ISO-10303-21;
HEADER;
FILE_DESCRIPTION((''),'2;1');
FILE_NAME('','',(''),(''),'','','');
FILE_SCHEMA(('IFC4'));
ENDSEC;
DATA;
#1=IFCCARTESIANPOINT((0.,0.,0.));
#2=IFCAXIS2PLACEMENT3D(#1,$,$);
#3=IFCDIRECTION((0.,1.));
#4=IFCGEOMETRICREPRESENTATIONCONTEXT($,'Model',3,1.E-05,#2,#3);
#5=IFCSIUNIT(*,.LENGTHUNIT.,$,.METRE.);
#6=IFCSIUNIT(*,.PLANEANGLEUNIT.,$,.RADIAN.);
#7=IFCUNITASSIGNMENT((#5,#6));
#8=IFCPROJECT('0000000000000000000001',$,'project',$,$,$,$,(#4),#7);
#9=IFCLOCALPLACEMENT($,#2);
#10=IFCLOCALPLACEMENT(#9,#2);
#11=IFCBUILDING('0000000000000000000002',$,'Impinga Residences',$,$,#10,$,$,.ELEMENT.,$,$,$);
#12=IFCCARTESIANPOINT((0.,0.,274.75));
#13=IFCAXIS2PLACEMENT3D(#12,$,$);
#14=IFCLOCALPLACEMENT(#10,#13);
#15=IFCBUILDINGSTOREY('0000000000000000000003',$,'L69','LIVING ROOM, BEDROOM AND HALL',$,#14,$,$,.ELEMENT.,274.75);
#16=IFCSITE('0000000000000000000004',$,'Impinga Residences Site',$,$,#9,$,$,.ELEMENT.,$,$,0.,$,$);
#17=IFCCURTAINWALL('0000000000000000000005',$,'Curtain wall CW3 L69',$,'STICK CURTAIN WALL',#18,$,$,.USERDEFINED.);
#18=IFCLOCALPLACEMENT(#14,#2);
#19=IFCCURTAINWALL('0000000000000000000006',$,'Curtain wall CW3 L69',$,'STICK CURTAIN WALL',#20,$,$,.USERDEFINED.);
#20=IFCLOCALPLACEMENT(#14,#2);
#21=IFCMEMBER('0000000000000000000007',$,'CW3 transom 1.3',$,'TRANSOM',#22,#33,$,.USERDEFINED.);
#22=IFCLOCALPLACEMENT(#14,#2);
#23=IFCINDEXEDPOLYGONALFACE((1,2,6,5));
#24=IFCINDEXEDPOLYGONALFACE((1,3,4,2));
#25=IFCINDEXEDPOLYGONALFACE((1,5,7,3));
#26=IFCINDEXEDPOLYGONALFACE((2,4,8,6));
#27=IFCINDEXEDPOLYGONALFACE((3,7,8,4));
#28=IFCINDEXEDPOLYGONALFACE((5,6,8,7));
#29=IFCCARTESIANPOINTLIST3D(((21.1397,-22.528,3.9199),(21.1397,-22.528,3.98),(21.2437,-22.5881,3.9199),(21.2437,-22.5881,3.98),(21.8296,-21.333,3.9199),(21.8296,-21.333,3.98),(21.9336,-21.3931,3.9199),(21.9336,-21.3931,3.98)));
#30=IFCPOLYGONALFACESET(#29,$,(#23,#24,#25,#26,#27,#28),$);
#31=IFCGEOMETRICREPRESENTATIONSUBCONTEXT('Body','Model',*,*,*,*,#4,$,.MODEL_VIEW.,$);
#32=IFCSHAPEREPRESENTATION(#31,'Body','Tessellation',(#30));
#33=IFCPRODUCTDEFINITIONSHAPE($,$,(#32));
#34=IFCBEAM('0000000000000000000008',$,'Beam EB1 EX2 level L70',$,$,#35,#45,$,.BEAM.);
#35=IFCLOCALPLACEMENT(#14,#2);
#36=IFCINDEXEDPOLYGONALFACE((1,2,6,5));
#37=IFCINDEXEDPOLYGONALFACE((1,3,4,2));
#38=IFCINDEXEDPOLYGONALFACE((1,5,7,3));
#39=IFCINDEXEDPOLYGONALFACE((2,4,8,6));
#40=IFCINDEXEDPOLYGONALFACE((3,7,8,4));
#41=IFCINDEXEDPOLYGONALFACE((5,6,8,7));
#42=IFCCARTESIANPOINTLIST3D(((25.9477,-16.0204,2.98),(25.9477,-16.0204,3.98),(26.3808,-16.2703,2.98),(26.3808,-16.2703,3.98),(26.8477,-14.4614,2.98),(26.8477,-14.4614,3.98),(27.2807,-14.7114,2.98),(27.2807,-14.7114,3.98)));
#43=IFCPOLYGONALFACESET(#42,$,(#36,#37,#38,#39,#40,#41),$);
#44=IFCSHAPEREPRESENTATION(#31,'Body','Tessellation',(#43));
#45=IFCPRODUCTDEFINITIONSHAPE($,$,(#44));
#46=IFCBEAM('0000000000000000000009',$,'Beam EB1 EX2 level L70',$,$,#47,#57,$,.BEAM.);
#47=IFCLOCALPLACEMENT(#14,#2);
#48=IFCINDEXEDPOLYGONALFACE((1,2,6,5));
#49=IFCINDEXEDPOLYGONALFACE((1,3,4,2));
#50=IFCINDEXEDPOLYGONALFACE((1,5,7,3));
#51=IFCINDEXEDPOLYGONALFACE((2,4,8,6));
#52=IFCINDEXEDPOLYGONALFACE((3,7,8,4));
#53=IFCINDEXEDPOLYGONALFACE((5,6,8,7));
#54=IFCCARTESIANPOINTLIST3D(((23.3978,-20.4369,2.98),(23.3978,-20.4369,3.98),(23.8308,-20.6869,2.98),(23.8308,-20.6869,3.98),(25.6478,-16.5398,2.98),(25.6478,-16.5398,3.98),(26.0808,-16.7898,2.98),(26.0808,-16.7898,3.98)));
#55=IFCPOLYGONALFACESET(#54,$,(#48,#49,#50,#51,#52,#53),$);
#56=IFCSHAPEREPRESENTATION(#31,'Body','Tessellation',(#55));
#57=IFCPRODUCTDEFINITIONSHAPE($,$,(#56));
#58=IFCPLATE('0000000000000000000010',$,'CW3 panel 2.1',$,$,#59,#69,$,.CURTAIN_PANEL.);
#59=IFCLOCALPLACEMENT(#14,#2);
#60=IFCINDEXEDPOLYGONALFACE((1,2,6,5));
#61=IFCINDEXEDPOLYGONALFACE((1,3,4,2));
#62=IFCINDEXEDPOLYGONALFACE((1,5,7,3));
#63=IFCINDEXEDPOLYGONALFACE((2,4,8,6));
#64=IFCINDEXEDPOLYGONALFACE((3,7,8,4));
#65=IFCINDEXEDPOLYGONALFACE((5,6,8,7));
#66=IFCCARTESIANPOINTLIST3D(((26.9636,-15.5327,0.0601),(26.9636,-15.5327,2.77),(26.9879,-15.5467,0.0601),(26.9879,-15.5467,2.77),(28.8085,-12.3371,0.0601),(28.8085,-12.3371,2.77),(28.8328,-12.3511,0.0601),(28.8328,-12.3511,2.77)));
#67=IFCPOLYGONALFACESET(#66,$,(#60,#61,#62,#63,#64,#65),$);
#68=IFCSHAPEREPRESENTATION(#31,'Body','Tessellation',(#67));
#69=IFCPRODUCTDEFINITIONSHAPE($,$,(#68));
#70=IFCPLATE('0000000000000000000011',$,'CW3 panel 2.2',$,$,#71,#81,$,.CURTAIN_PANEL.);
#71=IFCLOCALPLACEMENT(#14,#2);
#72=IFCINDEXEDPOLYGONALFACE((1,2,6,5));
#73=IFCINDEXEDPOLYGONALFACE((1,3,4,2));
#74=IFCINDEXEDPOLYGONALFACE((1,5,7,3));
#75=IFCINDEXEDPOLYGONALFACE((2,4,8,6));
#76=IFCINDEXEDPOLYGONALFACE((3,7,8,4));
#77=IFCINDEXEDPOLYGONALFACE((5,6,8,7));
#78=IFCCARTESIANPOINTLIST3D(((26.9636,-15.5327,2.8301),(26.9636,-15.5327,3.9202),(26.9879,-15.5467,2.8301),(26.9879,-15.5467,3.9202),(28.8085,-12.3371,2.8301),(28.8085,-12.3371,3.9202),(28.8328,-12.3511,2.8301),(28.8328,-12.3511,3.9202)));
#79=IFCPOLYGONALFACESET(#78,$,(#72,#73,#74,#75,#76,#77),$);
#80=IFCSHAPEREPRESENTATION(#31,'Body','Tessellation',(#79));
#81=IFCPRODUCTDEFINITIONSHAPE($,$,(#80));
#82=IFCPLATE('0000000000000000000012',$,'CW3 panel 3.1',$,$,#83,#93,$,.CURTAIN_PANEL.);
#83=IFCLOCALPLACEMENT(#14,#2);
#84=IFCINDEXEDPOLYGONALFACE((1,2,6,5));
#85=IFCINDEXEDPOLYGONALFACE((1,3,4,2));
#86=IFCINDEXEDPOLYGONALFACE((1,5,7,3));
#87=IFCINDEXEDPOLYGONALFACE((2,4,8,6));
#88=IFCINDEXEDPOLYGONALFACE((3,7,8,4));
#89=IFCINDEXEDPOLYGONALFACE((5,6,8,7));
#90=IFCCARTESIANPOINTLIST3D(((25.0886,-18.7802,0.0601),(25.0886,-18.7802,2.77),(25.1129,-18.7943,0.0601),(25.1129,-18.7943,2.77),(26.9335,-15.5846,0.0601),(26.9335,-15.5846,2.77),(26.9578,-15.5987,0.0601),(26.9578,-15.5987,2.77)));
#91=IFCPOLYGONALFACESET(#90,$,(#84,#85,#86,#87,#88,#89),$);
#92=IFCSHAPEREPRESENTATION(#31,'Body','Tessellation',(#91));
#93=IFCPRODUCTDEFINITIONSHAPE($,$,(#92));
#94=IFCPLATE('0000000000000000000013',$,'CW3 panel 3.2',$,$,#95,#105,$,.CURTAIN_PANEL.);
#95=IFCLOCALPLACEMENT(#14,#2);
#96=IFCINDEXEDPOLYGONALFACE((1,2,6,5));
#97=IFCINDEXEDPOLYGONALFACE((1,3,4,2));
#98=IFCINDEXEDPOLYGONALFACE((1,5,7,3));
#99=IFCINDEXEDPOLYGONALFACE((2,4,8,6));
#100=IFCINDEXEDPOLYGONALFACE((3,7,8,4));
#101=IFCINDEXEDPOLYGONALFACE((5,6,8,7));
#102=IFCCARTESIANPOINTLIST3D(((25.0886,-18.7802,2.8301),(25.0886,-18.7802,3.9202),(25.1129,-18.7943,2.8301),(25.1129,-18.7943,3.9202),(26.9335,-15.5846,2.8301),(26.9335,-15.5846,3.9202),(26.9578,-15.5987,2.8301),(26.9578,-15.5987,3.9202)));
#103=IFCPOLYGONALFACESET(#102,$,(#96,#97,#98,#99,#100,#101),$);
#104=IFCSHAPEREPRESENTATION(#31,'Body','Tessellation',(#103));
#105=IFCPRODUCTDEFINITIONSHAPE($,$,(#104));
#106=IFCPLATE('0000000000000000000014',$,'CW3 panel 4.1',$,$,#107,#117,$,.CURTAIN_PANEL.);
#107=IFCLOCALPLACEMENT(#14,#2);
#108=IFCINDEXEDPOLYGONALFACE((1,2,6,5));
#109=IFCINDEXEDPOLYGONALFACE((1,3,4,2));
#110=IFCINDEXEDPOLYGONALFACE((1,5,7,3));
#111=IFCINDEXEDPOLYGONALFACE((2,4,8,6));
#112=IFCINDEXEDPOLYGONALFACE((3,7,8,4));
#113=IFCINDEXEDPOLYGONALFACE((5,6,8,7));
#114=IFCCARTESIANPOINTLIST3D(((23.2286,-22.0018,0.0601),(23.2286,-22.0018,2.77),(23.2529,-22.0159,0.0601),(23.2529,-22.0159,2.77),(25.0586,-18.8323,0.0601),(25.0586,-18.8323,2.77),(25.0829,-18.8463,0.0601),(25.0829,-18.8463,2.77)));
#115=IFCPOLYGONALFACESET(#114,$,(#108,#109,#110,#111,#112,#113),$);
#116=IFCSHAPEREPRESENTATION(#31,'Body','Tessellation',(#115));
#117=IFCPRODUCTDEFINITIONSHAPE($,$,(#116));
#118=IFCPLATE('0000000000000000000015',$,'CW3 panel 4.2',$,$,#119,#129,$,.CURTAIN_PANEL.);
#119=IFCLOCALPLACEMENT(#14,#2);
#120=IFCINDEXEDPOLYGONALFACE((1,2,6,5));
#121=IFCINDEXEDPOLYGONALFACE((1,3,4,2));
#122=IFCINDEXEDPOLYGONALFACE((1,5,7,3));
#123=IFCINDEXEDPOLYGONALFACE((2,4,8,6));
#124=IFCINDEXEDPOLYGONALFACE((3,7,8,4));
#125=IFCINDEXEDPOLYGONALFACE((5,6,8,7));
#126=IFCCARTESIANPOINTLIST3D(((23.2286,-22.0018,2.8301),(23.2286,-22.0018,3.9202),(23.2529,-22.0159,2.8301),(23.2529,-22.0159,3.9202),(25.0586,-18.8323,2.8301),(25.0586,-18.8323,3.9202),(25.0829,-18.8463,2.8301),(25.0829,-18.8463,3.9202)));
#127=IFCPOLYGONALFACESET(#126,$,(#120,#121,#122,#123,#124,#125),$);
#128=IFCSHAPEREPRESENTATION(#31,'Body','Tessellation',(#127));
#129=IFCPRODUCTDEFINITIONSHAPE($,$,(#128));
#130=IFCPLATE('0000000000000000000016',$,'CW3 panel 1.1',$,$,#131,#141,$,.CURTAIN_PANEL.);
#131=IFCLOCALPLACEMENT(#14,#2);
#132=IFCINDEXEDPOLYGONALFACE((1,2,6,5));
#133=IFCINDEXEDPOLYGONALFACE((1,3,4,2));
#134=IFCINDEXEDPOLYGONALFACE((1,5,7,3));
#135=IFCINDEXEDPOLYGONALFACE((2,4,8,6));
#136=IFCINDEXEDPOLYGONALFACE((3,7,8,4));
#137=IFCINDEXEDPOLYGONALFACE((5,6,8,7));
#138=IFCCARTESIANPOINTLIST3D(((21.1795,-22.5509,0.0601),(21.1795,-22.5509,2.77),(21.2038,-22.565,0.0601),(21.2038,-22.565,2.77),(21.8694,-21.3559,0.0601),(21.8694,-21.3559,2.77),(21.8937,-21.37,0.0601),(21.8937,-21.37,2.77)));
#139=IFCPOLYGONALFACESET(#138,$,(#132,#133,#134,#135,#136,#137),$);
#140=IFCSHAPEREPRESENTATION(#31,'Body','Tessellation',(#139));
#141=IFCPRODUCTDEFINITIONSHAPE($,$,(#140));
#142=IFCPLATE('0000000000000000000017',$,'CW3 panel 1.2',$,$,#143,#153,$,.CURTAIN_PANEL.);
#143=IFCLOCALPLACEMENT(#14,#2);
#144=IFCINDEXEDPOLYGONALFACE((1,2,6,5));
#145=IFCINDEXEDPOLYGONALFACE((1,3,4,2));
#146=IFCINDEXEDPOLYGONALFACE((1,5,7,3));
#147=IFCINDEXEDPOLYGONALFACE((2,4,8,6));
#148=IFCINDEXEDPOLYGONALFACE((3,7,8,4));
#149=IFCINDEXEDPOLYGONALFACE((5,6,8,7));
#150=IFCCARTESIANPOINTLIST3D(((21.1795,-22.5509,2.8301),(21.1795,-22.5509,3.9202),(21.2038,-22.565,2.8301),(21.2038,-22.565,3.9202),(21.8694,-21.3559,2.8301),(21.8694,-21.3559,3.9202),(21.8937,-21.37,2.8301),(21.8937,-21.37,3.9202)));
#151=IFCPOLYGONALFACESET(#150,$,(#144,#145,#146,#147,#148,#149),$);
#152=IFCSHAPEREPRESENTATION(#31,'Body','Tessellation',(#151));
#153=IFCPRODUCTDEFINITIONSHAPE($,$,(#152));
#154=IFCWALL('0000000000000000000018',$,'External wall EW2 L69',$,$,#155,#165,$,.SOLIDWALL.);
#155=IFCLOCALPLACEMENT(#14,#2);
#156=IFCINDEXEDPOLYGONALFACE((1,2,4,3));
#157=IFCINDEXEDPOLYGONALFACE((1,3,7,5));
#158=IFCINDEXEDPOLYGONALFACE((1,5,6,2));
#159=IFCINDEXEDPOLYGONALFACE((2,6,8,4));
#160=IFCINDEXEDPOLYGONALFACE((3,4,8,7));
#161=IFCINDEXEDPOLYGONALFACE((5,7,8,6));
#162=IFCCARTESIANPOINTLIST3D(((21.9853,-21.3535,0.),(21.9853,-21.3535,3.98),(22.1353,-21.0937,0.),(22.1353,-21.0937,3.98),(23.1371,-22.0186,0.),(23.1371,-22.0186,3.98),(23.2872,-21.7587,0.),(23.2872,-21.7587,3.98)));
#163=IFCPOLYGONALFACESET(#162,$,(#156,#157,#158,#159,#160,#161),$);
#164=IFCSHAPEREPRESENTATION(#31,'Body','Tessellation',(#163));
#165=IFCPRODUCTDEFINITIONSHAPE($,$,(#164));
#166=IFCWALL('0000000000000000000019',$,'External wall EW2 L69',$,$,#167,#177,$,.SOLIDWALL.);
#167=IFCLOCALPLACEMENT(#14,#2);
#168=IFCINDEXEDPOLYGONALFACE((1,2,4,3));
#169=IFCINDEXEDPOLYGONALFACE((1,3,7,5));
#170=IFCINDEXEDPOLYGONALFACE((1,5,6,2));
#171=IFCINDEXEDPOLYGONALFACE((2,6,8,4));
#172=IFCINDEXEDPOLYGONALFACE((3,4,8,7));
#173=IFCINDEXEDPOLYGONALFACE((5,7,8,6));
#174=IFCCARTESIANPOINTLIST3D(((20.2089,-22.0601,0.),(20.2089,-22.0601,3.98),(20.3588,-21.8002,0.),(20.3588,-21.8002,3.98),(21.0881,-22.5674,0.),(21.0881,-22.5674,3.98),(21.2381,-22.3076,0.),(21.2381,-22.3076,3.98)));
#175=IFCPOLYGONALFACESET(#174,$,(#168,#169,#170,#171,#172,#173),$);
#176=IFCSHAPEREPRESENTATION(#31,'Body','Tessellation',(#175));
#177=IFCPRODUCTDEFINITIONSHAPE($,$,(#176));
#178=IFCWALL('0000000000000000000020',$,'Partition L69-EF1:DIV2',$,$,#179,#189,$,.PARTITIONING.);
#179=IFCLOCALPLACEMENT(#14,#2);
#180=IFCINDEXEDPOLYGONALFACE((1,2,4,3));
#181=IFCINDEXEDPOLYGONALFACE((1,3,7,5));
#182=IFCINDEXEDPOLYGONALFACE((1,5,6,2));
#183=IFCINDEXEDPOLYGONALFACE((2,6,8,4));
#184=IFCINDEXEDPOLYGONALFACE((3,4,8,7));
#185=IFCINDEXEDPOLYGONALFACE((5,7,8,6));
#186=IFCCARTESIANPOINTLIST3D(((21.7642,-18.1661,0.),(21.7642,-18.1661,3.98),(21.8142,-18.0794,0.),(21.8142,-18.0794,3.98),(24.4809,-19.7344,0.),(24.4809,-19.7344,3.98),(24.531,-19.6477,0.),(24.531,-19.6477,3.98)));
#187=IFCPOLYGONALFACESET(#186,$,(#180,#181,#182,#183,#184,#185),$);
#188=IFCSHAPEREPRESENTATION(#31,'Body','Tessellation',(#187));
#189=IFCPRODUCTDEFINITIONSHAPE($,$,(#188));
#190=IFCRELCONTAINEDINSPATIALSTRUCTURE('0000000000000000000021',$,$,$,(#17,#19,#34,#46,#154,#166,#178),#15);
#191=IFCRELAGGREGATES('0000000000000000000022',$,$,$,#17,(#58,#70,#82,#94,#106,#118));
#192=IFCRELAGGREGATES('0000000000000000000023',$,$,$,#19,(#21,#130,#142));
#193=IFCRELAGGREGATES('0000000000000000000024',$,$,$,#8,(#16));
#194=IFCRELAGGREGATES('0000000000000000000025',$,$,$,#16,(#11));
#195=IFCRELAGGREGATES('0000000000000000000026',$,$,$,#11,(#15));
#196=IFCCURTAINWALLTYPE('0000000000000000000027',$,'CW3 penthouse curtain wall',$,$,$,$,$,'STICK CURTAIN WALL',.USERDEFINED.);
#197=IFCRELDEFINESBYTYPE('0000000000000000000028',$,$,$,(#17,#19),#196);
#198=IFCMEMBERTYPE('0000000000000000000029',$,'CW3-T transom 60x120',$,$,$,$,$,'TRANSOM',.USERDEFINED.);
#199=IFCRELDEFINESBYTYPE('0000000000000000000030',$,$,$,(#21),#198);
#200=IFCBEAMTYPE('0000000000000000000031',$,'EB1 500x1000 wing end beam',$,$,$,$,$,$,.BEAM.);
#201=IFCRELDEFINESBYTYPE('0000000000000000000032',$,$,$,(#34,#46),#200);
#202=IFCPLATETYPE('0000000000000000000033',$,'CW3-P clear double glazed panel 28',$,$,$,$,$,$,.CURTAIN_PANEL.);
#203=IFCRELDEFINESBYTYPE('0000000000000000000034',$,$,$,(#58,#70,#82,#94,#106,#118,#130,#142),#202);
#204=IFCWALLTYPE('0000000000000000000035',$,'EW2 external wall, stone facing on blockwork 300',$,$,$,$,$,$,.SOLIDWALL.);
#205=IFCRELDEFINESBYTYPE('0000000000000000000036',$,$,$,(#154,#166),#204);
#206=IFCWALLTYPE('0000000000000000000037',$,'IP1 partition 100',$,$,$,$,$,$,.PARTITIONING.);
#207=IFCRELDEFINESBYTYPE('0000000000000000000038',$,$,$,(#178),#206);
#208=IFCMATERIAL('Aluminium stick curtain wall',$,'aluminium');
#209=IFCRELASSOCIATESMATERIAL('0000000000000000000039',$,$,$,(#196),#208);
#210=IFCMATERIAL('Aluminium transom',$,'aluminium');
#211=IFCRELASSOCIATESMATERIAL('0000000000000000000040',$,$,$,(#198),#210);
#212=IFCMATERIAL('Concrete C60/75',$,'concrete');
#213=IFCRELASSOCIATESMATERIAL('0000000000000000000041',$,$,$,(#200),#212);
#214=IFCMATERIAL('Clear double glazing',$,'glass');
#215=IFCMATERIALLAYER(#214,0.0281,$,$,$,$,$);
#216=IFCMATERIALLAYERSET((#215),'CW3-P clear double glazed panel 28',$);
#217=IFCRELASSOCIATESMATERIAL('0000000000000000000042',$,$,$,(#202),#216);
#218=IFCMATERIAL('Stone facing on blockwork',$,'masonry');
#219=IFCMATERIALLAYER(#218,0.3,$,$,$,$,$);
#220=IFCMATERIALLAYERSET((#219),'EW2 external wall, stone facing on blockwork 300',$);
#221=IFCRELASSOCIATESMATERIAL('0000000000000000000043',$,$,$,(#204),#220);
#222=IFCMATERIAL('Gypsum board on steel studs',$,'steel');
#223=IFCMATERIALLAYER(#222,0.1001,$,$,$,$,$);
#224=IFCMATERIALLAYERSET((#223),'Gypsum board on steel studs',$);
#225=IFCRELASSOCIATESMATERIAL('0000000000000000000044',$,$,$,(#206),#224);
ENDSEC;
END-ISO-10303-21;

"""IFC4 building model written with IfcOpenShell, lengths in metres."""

from ifc_helpers import new_model, si_unit, direction, frame, frame_2d, origin, origin_2d, place, context, subcontext, project, spatial, rectangle, extrude, material, layer, layer_set, material_profile, profile_set, type_object, element, aggregate, save


model = new_model("IFC4")

# Units and contexts
model_context = context("Model", 3, precision=1e-05, world=origin(), true_north=direction((0.0, 1.0)))
body_context = subcontext(model_context, "Body", "Model", "MODEL_VIEW")
ifc_project = project(units=[si_unit("LENGTHUNIT", "METRE"), si_unit("PLANEANGLEUNIT", "RADIAN")], contexts=[model_context])

# Site, building, storey
site_placement = place(None, origin())
site = spatial("IfcSite", under=ifc_project, at=site_placement, Name="Impinga Residences Site", CompositionType="ELEMENT", RefElevation=0.0)
building_placement = place(site_placement, origin())
building = spatial("IfcBuilding", under=site, at=building_placement, Name="Impinga Residences", CompositionType="ELEMENT")
storey_placement = place(building_placement, frame((0.0, 0.0, 274.75)))
storey = spatial("IfcBuildingStorey", under=building, at=storey_placement, Name="L69", Description="LIVING ROOM, BEDROOM AND HALL", CompositionType="ELEMENT", Elevation=274.75)

# Shared definitions
ifc_material_1 = material(Name="Concrete C60/75", Category="concrete")

# Curtain walls
ifc_material_2 = material(Name="Aluminium stick curtain wall", Category="aluminium")
curtain_wall_type = type_object("IfcCurtainWallType", Name="CW3 penthouse curtain wall", ElementType="STICK CURTAIN WALL", PredefinedType="USERDEFINED", material=ifc_material_2)
curtain_wall_1_placement = place(storey_placement, origin())
curtain_wall_1 = element("IfcCurtainWall", 1, at=curtain_wall_1_placement, inside=storey, type_object=curtain_wall_type, Name="Curtain wall CW3 L69", ObjectType="STICK CURTAIN WALL", PredefinedType="USERDEFINED")
curtain_wall_2_placement = place(storey_placement, origin())
curtain_wall_2 = element("IfcCurtainWall", 2, at=curtain_wall_2_placement, inside=storey, type_object=curtain_wall_type, Name="Curtain wall CW3 L69", ObjectType="STICK CURTAIN WALL", PredefinedType="USERDEFINED")

# Member
ifc_material_3 = material(Name="Aluminium transom", Category="aluminium")
ifc_material_profile_1 = material_profile(ifc_material_3, rectangle(XDim=0.0601, YDim=0.1201, at=origin_2d()), Name="60x120 transom")
ifc_profile_set_1 = profile_set([ifc_material_profile_1], Name="Aluminium transom")
member_type_1 = type_object("IfcMemberType", Name="CW3-T transom 60x120", ElementType="TRANSOM", PredefinedType="USERDEFINED", material=ifc_profile_set_1)
member_1_placement = place(storey_placement, frame((21.8816, -21.363, 3.95), z_axis=(-0.499983, -0.866035, 0.0), x_axis=(0.0, 0.0, 1.0)))
member_1 = element("IfcMember", 3, at=member_1_placement, type_object=member_type_1, Name="CW3 transom 1.3", ObjectType="TRANSOM", PredefinedType="USERDEFINED", context=body_context, shape_type="SweptSolid", body=[
    extrude(rectangle(XDim=0.0601, YDim=0.1201, at=origin_2d()), origin(), (0.0, 0.0, 1.0), 1.3799),
])

# Beams
ifc_material_profile_2 = material_profile(ifc_material_1, rectangle(XDim=0.5, YDim=1.0, at=origin_2d()), Name="RC 500x1000")
ifc_profile_set_2 = profile_set([ifc_material_profile_2], Name="Concrete C60/75")
beam_type_1 = type_object("IfcBeamType", Name="EB1 500x1000 wing end beam", PredefinedType="BEAM", material=ifc_profile_set_2)
beam_1_placement = place(storey_placement, frame((27.0642, -14.5864, 3.48), z_axis=(-0.499961, -0.866048, 0.0), x_axis=(0.866048, -0.499961, 0.0)))
element("IfcBeam", 4, at=beam_1_placement, inside=storey, type_object=beam_type_1, Name="Beam EB1 EX2 level L70", PredefinedType="BEAM", context=body_context, shape_type="SweptSolid", body=[
    extrude(rectangle(XDim=0.5, YDim=1.0, at=origin_2d()), origin(), (0.0, 0.0, 1.0), 1.8),
])
beam_2_placement = place(storey_placement, frame((25.8643, -16.6648, 3.48), z_axis=(-0.49999, -0.866031, 0.0), x_axis=(0.866031, -0.49999, 0.0)))
element("IfcBeam", 5, at=beam_2_placement, inside=storey, type_object=beam_type_1, Name="Beam EB1 EX2 level L70", PredefinedType="BEAM", context=body_context, shape_type="SweptSolid", body=[
    extrude(rectangle(XDim=0.5, YDim=1.0, at=origin_2d()), origin(), (0.0, 0.0, 1.0), 4.5),
])

# Plates
ifc_material_4 = material(Name="Clear double glazing", Category="glass")
ifc_layer_1 = layer(ifc_material_4, 0.0281)
ifc_layer_set_1 = layer_set([ifc_layer_1], Name="CW3-P clear double glazed panel 28")
plate_type = type_object("IfcPlateType", Name="CW3-P clear double glazed panel 28", PredefinedType="CURTAIN_PANEL", material=ifc_layer_set_1)
plate_1_placement = place(storey_placement, frame((27.8982, -13.9419, 0.0601), z_axis=(0.0, 0.0, 1.0), x_axis=(-0.5, -0.866025, 0.0)))
plate_1 = element("IfcPlate", 6, at=plate_1_placement, type_object=plate_type, Name="CW3 panel 2.1", PredefinedType="CURTAIN_PANEL", context=body_context, shape_type="SweptSolid", body=[
    extrude(rectangle(XDim=3.6899, YDim=0.0281, at=origin_2d()), origin(), (0.0, 0.0, 1.0), 2.71),
])
plate_2_placement = place(storey_placement, frame((27.8982, -13.9419, 2.8301), z_axis=(0.0, 0.0, 1.0), x_axis=(-0.5, -0.866025, 0.0)))
plate_2 = element("IfcPlate", 7, at=plate_2_placement, type_object=plate_type, Name="CW3 panel 2.2", PredefinedType="CURTAIN_PANEL", context=body_context, shape_type="SweptSolid", body=[
    extrude(rectangle(XDim=3.6899, YDim=0.0281, at=origin_2d()), origin(), (0.0, 0.0, 1.0), 1.0901),
])
plate_3_placement = place(storey_placement, frame((26.0232, -17.1895, 0.0601), z_axis=(0.0, 0.0, 1.0), x_axis=(-0.5, -0.866025, 0.0)))
plate_3 = element("IfcPlate", 8, at=plate_3_placement, type_object=plate_type, Name="CW3 panel 3.1", PredefinedType="CURTAIN_PANEL", context=body_context, shape_type="SweptSolid", body=[
    extrude(rectangle(XDim=3.6899, YDim=0.0281, at=origin_2d()), origin(), (0.0, 0.0, 1.0), 2.71),
])
plate_4_placement = place(storey_placement, frame((26.0232, -17.1895, 2.8301), z_axis=(0.0, 0.0, 1.0), x_axis=(-0.5, -0.866025, 0.0)))
plate_4 = element("IfcPlate", 9, at=plate_4_placement, type_object=plate_type, Name="CW3 panel 3.2", PredefinedType="CURTAIN_PANEL", context=body_context, shape_type="SweptSolid", body=[
    extrude(rectangle(XDim=3.6899, YDim=0.0281, at=origin_2d()), origin(), (0.0, 0.0, 1.0), 1.0901),
])
plate_5_placement = place(storey_placement, frame((24.1558, -20.4241, 0.0601), z_axis=(0.0, 0.0, 1.0), x_axis=(-0.5, -0.866025, 0.0)))
plate_5 = element("IfcPlate", 10, at=plate_5_placement, type_object=plate_type, Name="CW3 panel 4.1", PredefinedType="CURTAIN_PANEL", context=body_context, shape_type="SweptSolid", body=[
    extrude(rectangle(XDim=3.6599, YDim=0.0281, at=origin_2d()), origin(), (0.0, 0.0, 1.0), 2.71),
])
plate_6_placement = place(storey_placement, frame((24.1558, -20.4241, 2.8301), z_axis=(0.0, 0.0, 1.0), x_axis=(-0.5, -0.866025, 0.0)))
plate_6 = element("IfcPlate", 11, at=plate_6_placement, type_object=plate_type, Name="CW3 panel 4.2", PredefinedType="CURTAIN_PANEL", context=body_context, shape_type="SweptSolid", body=[
    extrude(rectangle(XDim=3.6599, YDim=0.0281, at=origin_2d()), origin(), (0.0, 0.0, 1.0), 1.0901),
])
aggregate(curtain_wall_1, [plate_1, plate_2, plate_3, plate_4, plate_5, plate_6])
plate_7_placement = place(storey_placement, frame((21.5366, -21.9604, 0.0601), z_axis=(0.0, 0.0, 1.0), x_axis=(-0.5, -0.866025, 0.0)))
plate_7 = element("IfcPlate", 12, at=plate_7_placement, type_object=plate_type, Name="CW3 panel 1.1", PredefinedType="CURTAIN_PANEL", context=body_context, shape_type="SweptSolid", body=[
    extrude(rectangle(XDim=1.3799, YDim=0.0281, at=origin_2d()), origin(), (0.0, 0.0, 1.0), 2.71),
])
plate_8_placement = place(storey_placement, frame((21.5366, -21.9604, 2.8301), z_axis=(0.0, 0.0, 1.0), x_axis=(-0.5, -0.866025, 0.0)))
plate_8 = element("IfcPlate", 13, at=plate_8_placement, type_object=plate_type, Name="CW3 panel 1.2", PredefinedType="CURTAIN_PANEL", context=body_context, shape_type="SweptSolid", body=[
    extrude(rectangle(XDim=1.3799, YDim=0.0281, at=origin_2d()), origin(), (0.0, 0.0, 1.0), 1.0901),
])
aggregate(curtain_wall_2, [member_1, plate_7, plate_8])

# Walls
ifc_material_5 = material(Name="Stone facing on blockwork", Category="masonry")
ifc_layer_2 = layer(ifc_material_5, 0.3)
ifc_layer_set_2 = layer_set([ifc_layer_2], Name="EW2 external wall, stone facing on blockwork 300")
wall_type_1 = type_object("IfcWallType", Name="EW2 external wall, stone facing on blockwork 300", PredefinedType="SOLIDWALL", material=ifc_layer_set_2)
wall_1_placement = place(storey_placement, frame((23.2122, -21.8887, 0.0), z_axis=(0.0, 0.0, 1.0), x_axis=(-0.866021, 0.500008, 0.0)))
element("IfcWall", 14, at=wall_1_placement, inside=storey, type_object=wall_type_1, Name="External wall EW2 L69", PredefinedType="SOLIDWALL", context=body_context, shape_type="SweptSolid", body=[
    extrude(rectangle(XDim=1.3301, YDim=0.3, at=frame_2d((0.665, 0.0))), origin(), (0.0, 0.0, 1.0), 3.98),
])
wall_2_placement = place(storey_placement, frame((21.1631, -22.4375, 0.0), z_axis=(0.0, 0.0, 1.0), x_axis=(-0.866134, 0.499813, 0.0)))
element("IfcWall", 15, at=wall_2_placement, inside=storey, type_object=wall_type_1, Name="External wall EW2 L69", PredefinedType="SOLIDWALL", context=body_context, shape_type="SweptSolid", body=[
    extrude(rectangle(XDim=1.0151, YDim=0.3, at=frame_2d((0.5076, 0.0))), origin(), (0.0, 0.0, 1.0), 3.98),
])
ifc_material_6 = material(Name="Gypsum board on steel studs", Category="steel")
ifc_layer_3 = layer(ifc_material_6, 0.1001)
ifc_layer_set_3 = layer_set([ifc_layer_3], Name="Gypsum board on steel studs")
wall_type_2 = type_object("IfcWallType", Name="IP1 partition 100", PredefinedType="PARTITIONING", material=ifc_layer_set_3)
wall_3_placement = place(storey_placement, frame((21.7893, -18.1228, 0.0), z_axis=(0.0, 0.0, 1.0), x_axis=(0.866051, -0.499956, 0.0)))
element("IfcWall", 16, at=wall_3_placement, inside=storey, type_object=wall_type_2, Name="Partition L69-EF1:DIV2", PredefinedType="PARTITIONING", context=body_context, shape_type="SweptSolid", body=[
    extrude(rectangle(XDim=3.137, YDim=0.1001, at=frame_2d((1.5684, 0.0))), origin(), (0.0, 0.0, 1.0), 3.98),
])

save(model, "model.ifc")
